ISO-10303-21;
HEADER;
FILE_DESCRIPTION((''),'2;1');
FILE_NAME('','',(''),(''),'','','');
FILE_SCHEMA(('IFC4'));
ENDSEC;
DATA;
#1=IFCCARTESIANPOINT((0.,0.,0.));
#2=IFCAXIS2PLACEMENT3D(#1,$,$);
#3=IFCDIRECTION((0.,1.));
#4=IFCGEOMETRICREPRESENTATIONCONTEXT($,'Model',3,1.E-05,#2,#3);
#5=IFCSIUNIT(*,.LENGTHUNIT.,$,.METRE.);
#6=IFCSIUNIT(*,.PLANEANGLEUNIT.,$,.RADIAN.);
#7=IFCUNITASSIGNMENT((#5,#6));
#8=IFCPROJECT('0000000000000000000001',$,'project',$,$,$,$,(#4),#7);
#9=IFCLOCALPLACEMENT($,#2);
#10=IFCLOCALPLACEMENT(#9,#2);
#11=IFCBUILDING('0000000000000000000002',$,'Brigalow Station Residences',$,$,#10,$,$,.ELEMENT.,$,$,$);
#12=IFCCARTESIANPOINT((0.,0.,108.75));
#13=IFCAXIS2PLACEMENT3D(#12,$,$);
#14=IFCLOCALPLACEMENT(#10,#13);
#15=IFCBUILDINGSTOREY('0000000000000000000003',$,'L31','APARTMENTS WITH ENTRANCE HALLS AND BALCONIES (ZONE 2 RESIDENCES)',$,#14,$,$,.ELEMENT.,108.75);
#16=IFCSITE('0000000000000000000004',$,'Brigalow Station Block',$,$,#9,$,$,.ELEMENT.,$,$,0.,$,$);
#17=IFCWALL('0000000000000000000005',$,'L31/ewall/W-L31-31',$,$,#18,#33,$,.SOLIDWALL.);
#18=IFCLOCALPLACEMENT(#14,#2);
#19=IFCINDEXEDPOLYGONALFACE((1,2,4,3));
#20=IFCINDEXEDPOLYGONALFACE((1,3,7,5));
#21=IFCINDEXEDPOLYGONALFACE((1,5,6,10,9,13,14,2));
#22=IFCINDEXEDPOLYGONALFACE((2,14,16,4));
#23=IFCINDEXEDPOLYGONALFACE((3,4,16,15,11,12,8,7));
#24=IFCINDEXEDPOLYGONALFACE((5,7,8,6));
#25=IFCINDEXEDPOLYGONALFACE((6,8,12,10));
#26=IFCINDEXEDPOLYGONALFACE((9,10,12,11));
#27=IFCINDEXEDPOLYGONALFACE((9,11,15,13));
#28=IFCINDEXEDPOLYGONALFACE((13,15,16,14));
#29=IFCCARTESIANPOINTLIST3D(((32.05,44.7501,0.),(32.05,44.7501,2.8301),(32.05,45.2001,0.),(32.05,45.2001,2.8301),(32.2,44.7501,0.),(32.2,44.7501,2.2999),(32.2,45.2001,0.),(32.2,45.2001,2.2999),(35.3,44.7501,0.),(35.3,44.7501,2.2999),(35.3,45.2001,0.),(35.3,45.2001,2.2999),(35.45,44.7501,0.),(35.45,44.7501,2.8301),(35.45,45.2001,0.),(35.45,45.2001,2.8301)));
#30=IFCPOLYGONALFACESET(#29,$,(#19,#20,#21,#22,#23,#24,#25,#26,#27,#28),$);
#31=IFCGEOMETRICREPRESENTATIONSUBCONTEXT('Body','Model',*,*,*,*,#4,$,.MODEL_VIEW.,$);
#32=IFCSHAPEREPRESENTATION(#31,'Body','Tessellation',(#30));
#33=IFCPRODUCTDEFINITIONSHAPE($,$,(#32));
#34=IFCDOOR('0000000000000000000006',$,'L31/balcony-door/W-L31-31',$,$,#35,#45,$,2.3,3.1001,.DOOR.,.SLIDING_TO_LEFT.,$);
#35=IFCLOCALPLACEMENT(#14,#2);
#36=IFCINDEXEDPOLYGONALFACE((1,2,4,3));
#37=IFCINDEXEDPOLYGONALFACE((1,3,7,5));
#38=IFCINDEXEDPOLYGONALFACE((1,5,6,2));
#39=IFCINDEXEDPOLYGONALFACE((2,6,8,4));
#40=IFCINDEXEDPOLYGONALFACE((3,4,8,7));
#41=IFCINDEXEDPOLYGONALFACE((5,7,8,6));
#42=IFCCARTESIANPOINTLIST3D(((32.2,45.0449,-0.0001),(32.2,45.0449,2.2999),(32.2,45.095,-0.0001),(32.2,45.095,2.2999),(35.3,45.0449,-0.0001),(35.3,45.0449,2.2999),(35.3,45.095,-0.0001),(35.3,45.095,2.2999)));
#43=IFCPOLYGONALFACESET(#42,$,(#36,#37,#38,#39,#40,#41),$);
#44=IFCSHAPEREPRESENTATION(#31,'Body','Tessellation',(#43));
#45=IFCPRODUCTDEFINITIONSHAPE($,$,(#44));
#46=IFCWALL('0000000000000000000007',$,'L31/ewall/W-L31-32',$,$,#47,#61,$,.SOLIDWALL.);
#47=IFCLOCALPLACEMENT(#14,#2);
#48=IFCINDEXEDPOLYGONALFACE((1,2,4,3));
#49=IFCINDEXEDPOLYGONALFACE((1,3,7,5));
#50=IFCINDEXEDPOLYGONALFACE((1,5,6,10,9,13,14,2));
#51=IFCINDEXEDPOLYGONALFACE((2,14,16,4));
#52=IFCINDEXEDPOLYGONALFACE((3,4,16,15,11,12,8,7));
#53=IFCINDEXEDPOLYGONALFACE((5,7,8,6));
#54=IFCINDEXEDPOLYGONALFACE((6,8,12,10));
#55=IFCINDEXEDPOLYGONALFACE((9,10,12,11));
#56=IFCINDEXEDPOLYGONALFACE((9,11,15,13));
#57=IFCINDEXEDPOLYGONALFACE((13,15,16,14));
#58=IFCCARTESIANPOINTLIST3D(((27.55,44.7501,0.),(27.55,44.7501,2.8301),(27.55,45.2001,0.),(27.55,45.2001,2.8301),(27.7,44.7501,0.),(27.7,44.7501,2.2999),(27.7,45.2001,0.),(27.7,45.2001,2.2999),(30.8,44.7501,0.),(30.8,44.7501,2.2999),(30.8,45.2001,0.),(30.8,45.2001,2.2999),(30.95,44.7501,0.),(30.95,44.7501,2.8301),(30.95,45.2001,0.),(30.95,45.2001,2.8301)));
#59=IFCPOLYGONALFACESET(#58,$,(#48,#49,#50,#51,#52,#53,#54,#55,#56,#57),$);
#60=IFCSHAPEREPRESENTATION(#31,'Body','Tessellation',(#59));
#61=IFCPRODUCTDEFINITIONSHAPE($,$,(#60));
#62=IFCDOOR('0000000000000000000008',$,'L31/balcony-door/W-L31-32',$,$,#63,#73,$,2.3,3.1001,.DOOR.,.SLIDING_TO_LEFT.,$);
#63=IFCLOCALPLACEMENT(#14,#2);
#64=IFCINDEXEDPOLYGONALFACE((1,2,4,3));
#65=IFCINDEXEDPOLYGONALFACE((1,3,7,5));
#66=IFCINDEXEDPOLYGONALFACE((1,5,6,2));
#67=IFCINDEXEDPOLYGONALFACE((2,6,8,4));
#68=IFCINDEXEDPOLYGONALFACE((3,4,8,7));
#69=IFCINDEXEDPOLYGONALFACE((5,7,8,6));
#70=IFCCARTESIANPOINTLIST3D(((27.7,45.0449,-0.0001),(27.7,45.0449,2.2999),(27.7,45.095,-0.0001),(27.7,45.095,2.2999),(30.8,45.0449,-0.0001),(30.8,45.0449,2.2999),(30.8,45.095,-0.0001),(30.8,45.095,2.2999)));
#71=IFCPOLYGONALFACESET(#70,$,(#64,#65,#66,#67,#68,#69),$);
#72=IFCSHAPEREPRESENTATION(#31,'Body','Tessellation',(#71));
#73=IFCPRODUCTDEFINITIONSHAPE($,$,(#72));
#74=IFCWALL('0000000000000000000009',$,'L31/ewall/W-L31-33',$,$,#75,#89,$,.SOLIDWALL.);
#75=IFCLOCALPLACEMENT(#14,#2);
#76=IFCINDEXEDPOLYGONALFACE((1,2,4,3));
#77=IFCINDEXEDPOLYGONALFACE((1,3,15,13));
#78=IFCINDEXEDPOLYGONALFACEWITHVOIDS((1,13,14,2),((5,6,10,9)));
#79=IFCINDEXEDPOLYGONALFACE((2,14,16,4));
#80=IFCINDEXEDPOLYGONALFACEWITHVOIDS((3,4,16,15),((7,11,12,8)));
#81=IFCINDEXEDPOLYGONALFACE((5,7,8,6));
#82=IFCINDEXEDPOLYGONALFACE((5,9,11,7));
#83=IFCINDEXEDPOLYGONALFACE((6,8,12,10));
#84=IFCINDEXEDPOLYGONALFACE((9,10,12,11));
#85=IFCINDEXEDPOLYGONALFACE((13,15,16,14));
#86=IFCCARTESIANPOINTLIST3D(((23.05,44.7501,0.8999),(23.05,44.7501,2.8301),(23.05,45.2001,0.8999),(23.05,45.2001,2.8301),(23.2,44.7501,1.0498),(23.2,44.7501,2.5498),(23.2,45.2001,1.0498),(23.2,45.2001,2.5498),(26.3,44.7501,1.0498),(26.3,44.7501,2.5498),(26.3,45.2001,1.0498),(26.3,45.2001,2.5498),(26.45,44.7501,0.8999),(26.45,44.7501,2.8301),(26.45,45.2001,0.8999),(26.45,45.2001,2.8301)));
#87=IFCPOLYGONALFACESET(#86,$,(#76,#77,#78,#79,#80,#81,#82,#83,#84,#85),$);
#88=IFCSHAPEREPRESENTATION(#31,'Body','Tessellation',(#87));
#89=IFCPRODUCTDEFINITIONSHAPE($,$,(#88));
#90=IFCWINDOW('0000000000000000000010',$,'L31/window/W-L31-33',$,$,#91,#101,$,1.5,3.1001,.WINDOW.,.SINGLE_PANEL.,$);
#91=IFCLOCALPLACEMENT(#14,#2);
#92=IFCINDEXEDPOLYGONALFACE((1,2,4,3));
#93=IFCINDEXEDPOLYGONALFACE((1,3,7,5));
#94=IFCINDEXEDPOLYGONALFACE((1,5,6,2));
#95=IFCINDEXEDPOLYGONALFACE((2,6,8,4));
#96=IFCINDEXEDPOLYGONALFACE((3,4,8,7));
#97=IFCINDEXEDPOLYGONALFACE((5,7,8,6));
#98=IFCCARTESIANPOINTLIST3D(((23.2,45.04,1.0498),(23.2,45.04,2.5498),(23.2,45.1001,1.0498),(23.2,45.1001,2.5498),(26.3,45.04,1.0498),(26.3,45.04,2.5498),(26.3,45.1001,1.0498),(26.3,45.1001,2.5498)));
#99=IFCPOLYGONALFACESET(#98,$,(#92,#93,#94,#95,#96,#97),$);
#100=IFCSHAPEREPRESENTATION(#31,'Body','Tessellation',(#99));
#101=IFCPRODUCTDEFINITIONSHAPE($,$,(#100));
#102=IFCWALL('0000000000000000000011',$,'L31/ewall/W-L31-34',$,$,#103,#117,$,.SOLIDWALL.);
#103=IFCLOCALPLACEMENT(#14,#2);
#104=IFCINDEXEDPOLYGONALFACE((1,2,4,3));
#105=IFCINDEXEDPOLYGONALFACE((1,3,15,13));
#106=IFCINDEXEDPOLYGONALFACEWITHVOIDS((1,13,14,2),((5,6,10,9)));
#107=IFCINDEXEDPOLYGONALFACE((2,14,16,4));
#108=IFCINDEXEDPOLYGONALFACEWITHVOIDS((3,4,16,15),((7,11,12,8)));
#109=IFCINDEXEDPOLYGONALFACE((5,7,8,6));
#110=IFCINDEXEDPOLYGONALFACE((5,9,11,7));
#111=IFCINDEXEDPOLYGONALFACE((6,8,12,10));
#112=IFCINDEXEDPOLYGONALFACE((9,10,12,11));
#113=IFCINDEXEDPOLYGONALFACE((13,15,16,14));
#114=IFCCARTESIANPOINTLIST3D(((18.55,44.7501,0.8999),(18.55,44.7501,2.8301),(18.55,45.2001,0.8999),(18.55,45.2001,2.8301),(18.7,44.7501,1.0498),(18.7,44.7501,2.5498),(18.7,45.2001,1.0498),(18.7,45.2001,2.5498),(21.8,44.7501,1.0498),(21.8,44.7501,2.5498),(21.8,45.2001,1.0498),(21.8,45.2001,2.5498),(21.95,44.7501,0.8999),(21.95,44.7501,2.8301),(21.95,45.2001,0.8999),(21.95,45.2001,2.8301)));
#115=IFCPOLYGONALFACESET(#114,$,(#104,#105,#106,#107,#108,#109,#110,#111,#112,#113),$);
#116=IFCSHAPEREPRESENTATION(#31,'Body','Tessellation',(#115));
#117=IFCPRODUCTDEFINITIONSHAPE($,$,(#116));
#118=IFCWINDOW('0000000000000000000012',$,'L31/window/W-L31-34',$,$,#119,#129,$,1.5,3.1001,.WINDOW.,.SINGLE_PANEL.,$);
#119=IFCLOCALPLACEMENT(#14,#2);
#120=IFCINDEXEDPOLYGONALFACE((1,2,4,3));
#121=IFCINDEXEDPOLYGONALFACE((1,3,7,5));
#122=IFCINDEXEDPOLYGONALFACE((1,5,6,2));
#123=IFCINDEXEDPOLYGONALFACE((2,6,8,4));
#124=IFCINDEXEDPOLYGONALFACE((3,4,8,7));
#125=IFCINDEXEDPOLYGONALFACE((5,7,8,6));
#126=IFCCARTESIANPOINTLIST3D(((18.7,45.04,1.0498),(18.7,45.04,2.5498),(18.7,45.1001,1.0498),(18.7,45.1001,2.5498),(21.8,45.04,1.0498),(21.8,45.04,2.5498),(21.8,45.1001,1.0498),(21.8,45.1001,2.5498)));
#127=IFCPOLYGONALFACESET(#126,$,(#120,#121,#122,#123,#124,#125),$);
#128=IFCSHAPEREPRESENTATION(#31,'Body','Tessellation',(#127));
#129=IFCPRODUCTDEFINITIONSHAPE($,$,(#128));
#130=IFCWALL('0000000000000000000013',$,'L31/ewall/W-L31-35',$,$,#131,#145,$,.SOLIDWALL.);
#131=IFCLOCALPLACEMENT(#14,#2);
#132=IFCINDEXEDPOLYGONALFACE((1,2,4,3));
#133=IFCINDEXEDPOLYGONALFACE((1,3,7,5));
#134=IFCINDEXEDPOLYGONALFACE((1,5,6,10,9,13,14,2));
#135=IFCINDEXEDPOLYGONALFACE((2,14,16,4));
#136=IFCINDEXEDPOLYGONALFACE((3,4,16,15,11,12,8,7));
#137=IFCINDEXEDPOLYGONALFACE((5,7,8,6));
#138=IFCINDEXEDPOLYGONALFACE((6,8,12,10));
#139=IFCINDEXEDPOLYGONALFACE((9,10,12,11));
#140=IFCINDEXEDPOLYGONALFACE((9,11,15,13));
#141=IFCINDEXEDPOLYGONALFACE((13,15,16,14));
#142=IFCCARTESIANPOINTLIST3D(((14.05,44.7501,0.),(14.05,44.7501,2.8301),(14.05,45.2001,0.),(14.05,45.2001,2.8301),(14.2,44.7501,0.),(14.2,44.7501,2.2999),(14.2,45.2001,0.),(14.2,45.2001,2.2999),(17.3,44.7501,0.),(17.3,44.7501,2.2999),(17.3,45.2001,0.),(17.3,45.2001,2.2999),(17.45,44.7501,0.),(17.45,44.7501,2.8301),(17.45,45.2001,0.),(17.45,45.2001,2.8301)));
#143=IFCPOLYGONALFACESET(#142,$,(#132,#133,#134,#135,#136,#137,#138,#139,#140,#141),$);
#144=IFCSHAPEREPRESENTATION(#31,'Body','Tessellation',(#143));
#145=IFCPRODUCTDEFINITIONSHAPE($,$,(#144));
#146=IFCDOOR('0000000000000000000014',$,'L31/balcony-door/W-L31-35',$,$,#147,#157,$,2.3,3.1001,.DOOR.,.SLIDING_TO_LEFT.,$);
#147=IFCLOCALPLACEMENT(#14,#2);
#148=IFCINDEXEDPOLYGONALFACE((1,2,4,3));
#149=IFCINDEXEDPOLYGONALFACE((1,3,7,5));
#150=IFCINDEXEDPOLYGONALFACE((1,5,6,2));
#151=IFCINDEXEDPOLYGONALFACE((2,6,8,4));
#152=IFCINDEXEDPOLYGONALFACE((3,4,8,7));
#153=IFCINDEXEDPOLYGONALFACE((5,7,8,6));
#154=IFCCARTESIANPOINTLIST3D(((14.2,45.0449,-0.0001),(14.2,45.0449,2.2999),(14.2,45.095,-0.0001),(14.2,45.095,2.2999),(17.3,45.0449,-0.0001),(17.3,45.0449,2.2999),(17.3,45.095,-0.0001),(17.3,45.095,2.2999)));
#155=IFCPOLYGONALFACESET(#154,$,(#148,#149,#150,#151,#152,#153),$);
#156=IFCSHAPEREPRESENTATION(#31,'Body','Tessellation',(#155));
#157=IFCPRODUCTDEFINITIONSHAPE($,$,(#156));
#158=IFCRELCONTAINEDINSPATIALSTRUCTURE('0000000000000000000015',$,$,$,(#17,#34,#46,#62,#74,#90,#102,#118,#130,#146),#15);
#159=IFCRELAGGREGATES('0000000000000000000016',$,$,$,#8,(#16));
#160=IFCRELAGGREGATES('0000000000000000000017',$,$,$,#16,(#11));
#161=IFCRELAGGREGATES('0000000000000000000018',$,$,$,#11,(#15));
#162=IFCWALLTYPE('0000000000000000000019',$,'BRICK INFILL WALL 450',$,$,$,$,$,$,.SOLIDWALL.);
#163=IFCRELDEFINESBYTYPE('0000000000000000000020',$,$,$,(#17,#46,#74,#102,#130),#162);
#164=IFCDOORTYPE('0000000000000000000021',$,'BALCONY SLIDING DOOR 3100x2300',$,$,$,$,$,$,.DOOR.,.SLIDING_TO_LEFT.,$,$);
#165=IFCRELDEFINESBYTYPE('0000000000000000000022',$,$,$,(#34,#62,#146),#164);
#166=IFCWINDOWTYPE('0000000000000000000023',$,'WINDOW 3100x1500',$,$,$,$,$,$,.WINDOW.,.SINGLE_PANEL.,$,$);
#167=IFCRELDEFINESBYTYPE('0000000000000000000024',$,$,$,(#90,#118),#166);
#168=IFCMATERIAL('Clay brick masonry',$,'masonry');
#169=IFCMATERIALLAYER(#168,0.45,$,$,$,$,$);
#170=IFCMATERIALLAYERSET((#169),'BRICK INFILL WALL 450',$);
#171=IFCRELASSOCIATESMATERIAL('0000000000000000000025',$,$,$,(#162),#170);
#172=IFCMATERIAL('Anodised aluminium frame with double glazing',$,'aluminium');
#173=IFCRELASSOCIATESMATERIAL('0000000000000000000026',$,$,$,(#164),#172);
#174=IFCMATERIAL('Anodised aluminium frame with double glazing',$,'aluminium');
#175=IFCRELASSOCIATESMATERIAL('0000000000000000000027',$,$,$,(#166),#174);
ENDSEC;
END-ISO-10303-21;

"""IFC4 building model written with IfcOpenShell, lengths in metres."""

from ifc_helpers import new_model, si_unit, direction, frame, frame_2d, origin, place, context, subcontext, project, spatial, rectangle, extrude, material, layer, layer_set, type_object, element, fill, save


model = new_model("IFC4")

# Units and contexts
model_context = context("Model", 3, precision=1e-05, world=origin(), true_north=direction((0.0, 1.0)))
body_context = subcontext(model_context, "Body", "Model", "MODEL_VIEW")
ifc_project = project(units=[si_unit("LENGTHUNIT", "METRE"), si_unit("PLANEANGLEUNIT", "RADIAN")], contexts=[model_context])

# Site, building, storey
site_placement = place(None, origin())
site = spatial("IfcSite", under=ifc_project, at=site_placement, Name="Brigalow Station Block", CompositionType="ELEMENT", RefElevation=0.0)
building_placement = place(site_placement, origin())
building = spatial("IfcBuilding", under=site, at=building_placement, Name="Brigalow Station Residences", CompositionType="ELEMENT")
storey_placement = place(building_placement, frame((0.0, 0.0, 108.75)))
storey = spatial("IfcBuildingStorey", under=building, at=storey_placement, Name="L31", Description="APARTMENTS WITH ENTRANCE HALLS AND BALCONIES (ZONE 2 RESIDENCES)", CompositionType="ELEMENT", Elevation=108.75)

# Walls, openings, doors
ifc_material_1 = material(Name="Clay brick masonry", Category="masonry")
ifc_layer_1 = layer(ifc_material_1, 0.45)
ifc_layer_set_1 = layer_set([ifc_layer_1], Name="BRICK INFILL WALL 450")
wall_type_1 = type_object("IfcWallType", Name="BRICK INFILL WALL 450", PredefinedType="SOLIDWALL", material=ifc_layer_set_1)
wall_1_placement = place(storey_placement, frame((35.45, 44.9751, 0.0), z_axis=(0.0, 0.0, 1.0), x_axis=(-1.0, 0.0, 0.0)))
wall_1 = element("IfcWall", 1, at=wall_1_placement, inside=storey, type_object=wall_type_1, Name="L31/ewall/W-L31-31", PredefinedType="SOLIDWALL", context=body_context, shape_type="SweptSolid", body=[
    extrude(rectangle(XDim=3.3999, YDim=0.45, at=frame_2d((1.7, 0.0))), origin(), (0.0, 0.0, 1.0), 2.8301),
])
opening_1_placement = place(wall_1_placement, frame((0.1499, 0.0, 0.0)))
opening_1 = element("IfcOpeningElement", 2, at=opening_1_placement, cuts=wall_1, PredefinedType="OPENING", context=body_context, shape_type="SweptSolid", body=[
    extrude(rectangle(XDim=3.1001, YDim=2.3, at=frame_2d((1.55, 1.1499))), frame((0.0, 0.2349, 0.0), z_axis=(0.0, -1.0, 0.0), x_axis=(1.0, 0.0, 0.0)), (0.0, 0.0, 1.0), 0.47),
])
ifc_material_2 = material(Name="Anodised aluminium frame with double glazing", Category="aluminium")
door_type_1 = type_object("IfcDoorType", Name="BALCONY SLIDING DOOR 3100x2300", OperationType="SLIDING_TO_LEFT", PredefinedType="DOOR", material=ifc_material_2)
door_1_placement = place(opening_1_placement, origin())
door_1 = element("IfcDoor", 3, at=door_1_placement, inside=storey, type_object=door_type_1, Name="L31/balcony-door/W-L31-31", OperationType="SLIDING_TO_LEFT", OverallHeight=2.3, OverallWidth=3.1001, PredefinedType="DOOR", context=body_context, shape_type="SweptSolid", body=[
    extrude(rectangle(XDim=3.1001, YDim=2.3, at=frame_2d((1.55, 1.1499))), frame((0.0, -0.0698, 0.0), z_axis=(0.0, -1.0, 0.0), x_axis=(1.0, 0.0, 0.0)), (0.0, 0.0, 1.0), 0.05),
])
fill(opening_1, door_1)
wall_2_placement = place(storey_placement, frame((30.95, 44.9751, 0.0), z_axis=(0.0, 0.0, 1.0), x_axis=(-1.0, 0.0, 0.0)))
wall_2 = element("IfcWall", 4, at=wall_2_placement, inside=storey, type_object=wall_type_1, Name="L31/ewall/W-L31-32", PredefinedType="SOLIDWALL", context=body_context, shape_type="SweptSolid", body=[
    extrude(rectangle(XDim=3.3999, YDim=0.45, at=frame_2d((1.7, 0.0))), origin(), (0.0, 0.0, 1.0), 2.8301),
])
opening_2_placement = place(wall_2_placement, frame((0.1499, 0.0, 0.0)))
opening_2 = element("IfcOpeningElement", 5, at=opening_2_placement, cuts=wall_2, PredefinedType="OPENING", context=body_context, shape_type="SweptSolid", body=[
    extrude(rectangle(XDim=3.1001, YDim=2.3, at=frame_2d((1.55, 1.1499))), frame((0.0, 0.2349, 0.0), z_axis=(0.0, -1.0, 0.0), x_axis=(1.0, 0.0, 0.0)), (0.0, 0.0, 1.0), 0.47),
])
door_2_placement = place(opening_2_placement, origin())
door_2 = element("IfcDoor", 6, at=door_2_placement, inside=storey, type_object=door_type_1, Name="L31/balcony-door/W-L31-32", OperationType="SLIDING_TO_LEFT", OverallHeight=2.3, OverallWidth=3.1001, PredefinedType="DOOR", context=body_context, shape_type="SweptSolid", body=[
    extrude(rectangle(XDim=3.1001, YDim=2.3, at=frame_2d((1.55, 1.1499))), frame((0.0, -0.0698, 0.0), z_axis=(0.0, -1.0, 0.0), x_axis=(1.0, 0.0, 0.0)), (0.0, 0.0, 1.0), 0.05),
])
fill(opening_2, door_2)

# Walls, openings, windows
wall_3_placement = place(storey_placement, frame((26.45, 44.9751, 0.8999), z_axis=(0.0, 0.0, 1.0), x_axis=(-1.0, 0.0, 0.0)))
wall_3 = element("IfcWall", 7, at=wall_3_placement, inside=storey, type_object=wall_type_1, Name="L31/ewall/W-L31-33", PredefinedType="SOLIDWALL", context=body_context, shape_type="SweptSolid", body=[
    extrude(rectangle(XDim=3.3999, YDim=0.45, at=frame_2d((1.7, 0.0))), origin(), (0.0, 0.0, 1.0), 1.9302),
])
opening_3_placement = place(wall_3_placement, frame((0.1499, 0.0, 0.1499)))
opening_3 = element("IfcOpeningElement", 8, at=opening_3_placement, cuts=wall_3, PredefinedType="OPENING", context=body_context, shape_type="SweptSolid", body=[
    extrude(rectangle(XDim=3.1001, YDim=1.5, at=frame_2d((1.55, 0.75))), frame((0.0, 0.2349, 0.0), z_axis=(0.0, -1.0, 0.0), x_axis=(1.0, 0.0, 0.0)), (0.0, 0.0, 1.0), 0.47),
])
ifc_material_3 = material(Name="Anodised aluminium frame with double glazing", Category="aluminium")
window_type = type_object("IfcWindowType", Name="WINDOW 3100x1500", PartitioningType="SINGLE_PANEL", PredefinedType="WINDOW", material=ifc_material_3)
window_1_placement = place(opening_3_placement, origin())
window_1 = element("IfcWindow", 9, at=window_1_placement, inside=storey, type_object=window_type, Name="L31/window/W-L31-33", OverallHeight=1.5, OverallWidth=3.1001, PartitioningType="SINGLE_PANEL", PredefinedType="WINDOW", context=body_context, shape_type="SweptSolid", body=[
    extrude(rectangle(XDim=3.1001, YDim=1.5, at=frame_2d((1.55, 0.75))), frame((0.0, -0.0649, 0.0), z_axis=(0.0, -1.0, 0.0), x_axis=(1.0, 0.0, 0.0)), (0.0, 0.0, 1.0), 0.0601),
])
fill(opening_3, window_1)
wall_4_placement = place(storey_placement, frame((21.95, 44.9751, 0.8999), z_axis=(0.0, 0.0, 1.0), x_axis=(-1.0, 0.0, 0.0)))
wall_4 = element("IfcWall", 10, at=wall_4_placement, inside=storey, type_object=wall_type_1, Name="L31/ewall/W-L31-34", PredefinedType="SOLIDWALL", context=body_context, shape_type="SweptSolid", body=[
    extrude(rectangle(XDim=3.3999, YDim=0.45, at=frame_2d((1.7, 0.0))), origin(), (0.0, 0.0, 1.0), 1.9302),
])
opening_4_placement = place(wall_4_placement, frame((0.1499, 0.0, 0.1499)))
opening_4 = element("IfcOpeningElement", 11, at=opening_4_placement, cuts=wall_4, PredefinedType="OPENING", context=body_context, shape_type="SweptSolid", body=[
    extrude(rectangle(XDim=3.1001, YDim=1.5, at=frame_2d((1.55, 0.75))), frame((0.0, 0.2349, 0.0), z_axis=(0.0, -1.0, 0.0), x_axis=(1.0, 0.0, 0.0)), (0.0, 0.0, 1.0), 0.47),
])
window_2_placement = place(opening_4_placement, origin())
window_2 = element("IfcWindow", 12, at=window_2_placement, inside=storey, type_object=window_type, Name="L31/window/W-L31-34", OverallHeight=1.5, OverallWidth=3.1001, PartitioningType="SINGLE_PANEL", PredefinedType="WINDOW", context=body_context, shape_type="SweptSolid", body=[
    extrude(rectangle(XDim=3.1001, YDim=1.5, at=frame_2d((1.55, 0.75))), frame((0.0, -0.0649, 0.0), z_axis=(0.0, -1.0, 0.0), x_axis=(1.0, 0.0, 0.0)), (0.0, 0.0, 1.0), 0.0601),
])
fill(opening_4, window_2)

# Wall, opening, door
wall_5_placement = place(storey_placement, frame((17.45, 44.9751, 0.0), z_axis=(0.0, 0.0, 1.0), x_axis=(-1.0, 0.0, 0.0)))
wall_5 = element("IfcWall", 13, at=wall_5_placement, inside=storey, type_object=wall_type_1, Name="L31/ewall/W-L31-35", PredefinedType="SOLIDWALL", context=body_context, shape_type="SweptSolid", body=[
    extrude(rectangle(XDim=3.3999, YDim=0.45, at=frame_2d((1.7, 0.0))), origin(), (0.0, 0.0, 1.0), 2.8301),
])
opening_5_placement = place(wall_5_placement, frame((0.1499, 0.0, 0.0)))
opening_5 = element("IfcOpeningElement", 14, at=opening_5_placement, cuts=wall_5, PredefinedType="OPENING", context=body_context, shape_type="SweptSolid", body=[
    extrude(rectangle(XDim=3.1001, YDim=2.3, at=frame_2d((1.55, 1.1499))), frame((0.0, 0.2349, 0.0), z_axis=(0.0, -1.0, 0.0), x_axis=(1.0, 0.0, 0.0)), (0.0, 0.0, 1.0), 0.47),
])
door_3_placement = place(opening_5_placement, origin())
door_3 = element("IfcDoor", 15, at=door_3_placement, inside=storey, type_object=door_type_1, Name="L31/balcony-door/W-L31-35", OperationType="SLIDING_TO_LEFT", OverallHeight=2.3, OverallWidth=3.1001, PredefinedType="DOOR", context=body_context, shape_type="SweptSolid", body=[
    extrude(rectangle(XDim=3.1001, YDim=2.3, at=frame_2d((1.55, 1.1499))), frame((0.0, -0.0698, 0.0), z_axis=(0.0, -1.0, 0.0), x_axis=(1.0, 0.0, 0.0)), (0.0, 0.0, 1.0), 0.05),
])
fill(opening_5, door_3)

save(model, "model.ifc")
